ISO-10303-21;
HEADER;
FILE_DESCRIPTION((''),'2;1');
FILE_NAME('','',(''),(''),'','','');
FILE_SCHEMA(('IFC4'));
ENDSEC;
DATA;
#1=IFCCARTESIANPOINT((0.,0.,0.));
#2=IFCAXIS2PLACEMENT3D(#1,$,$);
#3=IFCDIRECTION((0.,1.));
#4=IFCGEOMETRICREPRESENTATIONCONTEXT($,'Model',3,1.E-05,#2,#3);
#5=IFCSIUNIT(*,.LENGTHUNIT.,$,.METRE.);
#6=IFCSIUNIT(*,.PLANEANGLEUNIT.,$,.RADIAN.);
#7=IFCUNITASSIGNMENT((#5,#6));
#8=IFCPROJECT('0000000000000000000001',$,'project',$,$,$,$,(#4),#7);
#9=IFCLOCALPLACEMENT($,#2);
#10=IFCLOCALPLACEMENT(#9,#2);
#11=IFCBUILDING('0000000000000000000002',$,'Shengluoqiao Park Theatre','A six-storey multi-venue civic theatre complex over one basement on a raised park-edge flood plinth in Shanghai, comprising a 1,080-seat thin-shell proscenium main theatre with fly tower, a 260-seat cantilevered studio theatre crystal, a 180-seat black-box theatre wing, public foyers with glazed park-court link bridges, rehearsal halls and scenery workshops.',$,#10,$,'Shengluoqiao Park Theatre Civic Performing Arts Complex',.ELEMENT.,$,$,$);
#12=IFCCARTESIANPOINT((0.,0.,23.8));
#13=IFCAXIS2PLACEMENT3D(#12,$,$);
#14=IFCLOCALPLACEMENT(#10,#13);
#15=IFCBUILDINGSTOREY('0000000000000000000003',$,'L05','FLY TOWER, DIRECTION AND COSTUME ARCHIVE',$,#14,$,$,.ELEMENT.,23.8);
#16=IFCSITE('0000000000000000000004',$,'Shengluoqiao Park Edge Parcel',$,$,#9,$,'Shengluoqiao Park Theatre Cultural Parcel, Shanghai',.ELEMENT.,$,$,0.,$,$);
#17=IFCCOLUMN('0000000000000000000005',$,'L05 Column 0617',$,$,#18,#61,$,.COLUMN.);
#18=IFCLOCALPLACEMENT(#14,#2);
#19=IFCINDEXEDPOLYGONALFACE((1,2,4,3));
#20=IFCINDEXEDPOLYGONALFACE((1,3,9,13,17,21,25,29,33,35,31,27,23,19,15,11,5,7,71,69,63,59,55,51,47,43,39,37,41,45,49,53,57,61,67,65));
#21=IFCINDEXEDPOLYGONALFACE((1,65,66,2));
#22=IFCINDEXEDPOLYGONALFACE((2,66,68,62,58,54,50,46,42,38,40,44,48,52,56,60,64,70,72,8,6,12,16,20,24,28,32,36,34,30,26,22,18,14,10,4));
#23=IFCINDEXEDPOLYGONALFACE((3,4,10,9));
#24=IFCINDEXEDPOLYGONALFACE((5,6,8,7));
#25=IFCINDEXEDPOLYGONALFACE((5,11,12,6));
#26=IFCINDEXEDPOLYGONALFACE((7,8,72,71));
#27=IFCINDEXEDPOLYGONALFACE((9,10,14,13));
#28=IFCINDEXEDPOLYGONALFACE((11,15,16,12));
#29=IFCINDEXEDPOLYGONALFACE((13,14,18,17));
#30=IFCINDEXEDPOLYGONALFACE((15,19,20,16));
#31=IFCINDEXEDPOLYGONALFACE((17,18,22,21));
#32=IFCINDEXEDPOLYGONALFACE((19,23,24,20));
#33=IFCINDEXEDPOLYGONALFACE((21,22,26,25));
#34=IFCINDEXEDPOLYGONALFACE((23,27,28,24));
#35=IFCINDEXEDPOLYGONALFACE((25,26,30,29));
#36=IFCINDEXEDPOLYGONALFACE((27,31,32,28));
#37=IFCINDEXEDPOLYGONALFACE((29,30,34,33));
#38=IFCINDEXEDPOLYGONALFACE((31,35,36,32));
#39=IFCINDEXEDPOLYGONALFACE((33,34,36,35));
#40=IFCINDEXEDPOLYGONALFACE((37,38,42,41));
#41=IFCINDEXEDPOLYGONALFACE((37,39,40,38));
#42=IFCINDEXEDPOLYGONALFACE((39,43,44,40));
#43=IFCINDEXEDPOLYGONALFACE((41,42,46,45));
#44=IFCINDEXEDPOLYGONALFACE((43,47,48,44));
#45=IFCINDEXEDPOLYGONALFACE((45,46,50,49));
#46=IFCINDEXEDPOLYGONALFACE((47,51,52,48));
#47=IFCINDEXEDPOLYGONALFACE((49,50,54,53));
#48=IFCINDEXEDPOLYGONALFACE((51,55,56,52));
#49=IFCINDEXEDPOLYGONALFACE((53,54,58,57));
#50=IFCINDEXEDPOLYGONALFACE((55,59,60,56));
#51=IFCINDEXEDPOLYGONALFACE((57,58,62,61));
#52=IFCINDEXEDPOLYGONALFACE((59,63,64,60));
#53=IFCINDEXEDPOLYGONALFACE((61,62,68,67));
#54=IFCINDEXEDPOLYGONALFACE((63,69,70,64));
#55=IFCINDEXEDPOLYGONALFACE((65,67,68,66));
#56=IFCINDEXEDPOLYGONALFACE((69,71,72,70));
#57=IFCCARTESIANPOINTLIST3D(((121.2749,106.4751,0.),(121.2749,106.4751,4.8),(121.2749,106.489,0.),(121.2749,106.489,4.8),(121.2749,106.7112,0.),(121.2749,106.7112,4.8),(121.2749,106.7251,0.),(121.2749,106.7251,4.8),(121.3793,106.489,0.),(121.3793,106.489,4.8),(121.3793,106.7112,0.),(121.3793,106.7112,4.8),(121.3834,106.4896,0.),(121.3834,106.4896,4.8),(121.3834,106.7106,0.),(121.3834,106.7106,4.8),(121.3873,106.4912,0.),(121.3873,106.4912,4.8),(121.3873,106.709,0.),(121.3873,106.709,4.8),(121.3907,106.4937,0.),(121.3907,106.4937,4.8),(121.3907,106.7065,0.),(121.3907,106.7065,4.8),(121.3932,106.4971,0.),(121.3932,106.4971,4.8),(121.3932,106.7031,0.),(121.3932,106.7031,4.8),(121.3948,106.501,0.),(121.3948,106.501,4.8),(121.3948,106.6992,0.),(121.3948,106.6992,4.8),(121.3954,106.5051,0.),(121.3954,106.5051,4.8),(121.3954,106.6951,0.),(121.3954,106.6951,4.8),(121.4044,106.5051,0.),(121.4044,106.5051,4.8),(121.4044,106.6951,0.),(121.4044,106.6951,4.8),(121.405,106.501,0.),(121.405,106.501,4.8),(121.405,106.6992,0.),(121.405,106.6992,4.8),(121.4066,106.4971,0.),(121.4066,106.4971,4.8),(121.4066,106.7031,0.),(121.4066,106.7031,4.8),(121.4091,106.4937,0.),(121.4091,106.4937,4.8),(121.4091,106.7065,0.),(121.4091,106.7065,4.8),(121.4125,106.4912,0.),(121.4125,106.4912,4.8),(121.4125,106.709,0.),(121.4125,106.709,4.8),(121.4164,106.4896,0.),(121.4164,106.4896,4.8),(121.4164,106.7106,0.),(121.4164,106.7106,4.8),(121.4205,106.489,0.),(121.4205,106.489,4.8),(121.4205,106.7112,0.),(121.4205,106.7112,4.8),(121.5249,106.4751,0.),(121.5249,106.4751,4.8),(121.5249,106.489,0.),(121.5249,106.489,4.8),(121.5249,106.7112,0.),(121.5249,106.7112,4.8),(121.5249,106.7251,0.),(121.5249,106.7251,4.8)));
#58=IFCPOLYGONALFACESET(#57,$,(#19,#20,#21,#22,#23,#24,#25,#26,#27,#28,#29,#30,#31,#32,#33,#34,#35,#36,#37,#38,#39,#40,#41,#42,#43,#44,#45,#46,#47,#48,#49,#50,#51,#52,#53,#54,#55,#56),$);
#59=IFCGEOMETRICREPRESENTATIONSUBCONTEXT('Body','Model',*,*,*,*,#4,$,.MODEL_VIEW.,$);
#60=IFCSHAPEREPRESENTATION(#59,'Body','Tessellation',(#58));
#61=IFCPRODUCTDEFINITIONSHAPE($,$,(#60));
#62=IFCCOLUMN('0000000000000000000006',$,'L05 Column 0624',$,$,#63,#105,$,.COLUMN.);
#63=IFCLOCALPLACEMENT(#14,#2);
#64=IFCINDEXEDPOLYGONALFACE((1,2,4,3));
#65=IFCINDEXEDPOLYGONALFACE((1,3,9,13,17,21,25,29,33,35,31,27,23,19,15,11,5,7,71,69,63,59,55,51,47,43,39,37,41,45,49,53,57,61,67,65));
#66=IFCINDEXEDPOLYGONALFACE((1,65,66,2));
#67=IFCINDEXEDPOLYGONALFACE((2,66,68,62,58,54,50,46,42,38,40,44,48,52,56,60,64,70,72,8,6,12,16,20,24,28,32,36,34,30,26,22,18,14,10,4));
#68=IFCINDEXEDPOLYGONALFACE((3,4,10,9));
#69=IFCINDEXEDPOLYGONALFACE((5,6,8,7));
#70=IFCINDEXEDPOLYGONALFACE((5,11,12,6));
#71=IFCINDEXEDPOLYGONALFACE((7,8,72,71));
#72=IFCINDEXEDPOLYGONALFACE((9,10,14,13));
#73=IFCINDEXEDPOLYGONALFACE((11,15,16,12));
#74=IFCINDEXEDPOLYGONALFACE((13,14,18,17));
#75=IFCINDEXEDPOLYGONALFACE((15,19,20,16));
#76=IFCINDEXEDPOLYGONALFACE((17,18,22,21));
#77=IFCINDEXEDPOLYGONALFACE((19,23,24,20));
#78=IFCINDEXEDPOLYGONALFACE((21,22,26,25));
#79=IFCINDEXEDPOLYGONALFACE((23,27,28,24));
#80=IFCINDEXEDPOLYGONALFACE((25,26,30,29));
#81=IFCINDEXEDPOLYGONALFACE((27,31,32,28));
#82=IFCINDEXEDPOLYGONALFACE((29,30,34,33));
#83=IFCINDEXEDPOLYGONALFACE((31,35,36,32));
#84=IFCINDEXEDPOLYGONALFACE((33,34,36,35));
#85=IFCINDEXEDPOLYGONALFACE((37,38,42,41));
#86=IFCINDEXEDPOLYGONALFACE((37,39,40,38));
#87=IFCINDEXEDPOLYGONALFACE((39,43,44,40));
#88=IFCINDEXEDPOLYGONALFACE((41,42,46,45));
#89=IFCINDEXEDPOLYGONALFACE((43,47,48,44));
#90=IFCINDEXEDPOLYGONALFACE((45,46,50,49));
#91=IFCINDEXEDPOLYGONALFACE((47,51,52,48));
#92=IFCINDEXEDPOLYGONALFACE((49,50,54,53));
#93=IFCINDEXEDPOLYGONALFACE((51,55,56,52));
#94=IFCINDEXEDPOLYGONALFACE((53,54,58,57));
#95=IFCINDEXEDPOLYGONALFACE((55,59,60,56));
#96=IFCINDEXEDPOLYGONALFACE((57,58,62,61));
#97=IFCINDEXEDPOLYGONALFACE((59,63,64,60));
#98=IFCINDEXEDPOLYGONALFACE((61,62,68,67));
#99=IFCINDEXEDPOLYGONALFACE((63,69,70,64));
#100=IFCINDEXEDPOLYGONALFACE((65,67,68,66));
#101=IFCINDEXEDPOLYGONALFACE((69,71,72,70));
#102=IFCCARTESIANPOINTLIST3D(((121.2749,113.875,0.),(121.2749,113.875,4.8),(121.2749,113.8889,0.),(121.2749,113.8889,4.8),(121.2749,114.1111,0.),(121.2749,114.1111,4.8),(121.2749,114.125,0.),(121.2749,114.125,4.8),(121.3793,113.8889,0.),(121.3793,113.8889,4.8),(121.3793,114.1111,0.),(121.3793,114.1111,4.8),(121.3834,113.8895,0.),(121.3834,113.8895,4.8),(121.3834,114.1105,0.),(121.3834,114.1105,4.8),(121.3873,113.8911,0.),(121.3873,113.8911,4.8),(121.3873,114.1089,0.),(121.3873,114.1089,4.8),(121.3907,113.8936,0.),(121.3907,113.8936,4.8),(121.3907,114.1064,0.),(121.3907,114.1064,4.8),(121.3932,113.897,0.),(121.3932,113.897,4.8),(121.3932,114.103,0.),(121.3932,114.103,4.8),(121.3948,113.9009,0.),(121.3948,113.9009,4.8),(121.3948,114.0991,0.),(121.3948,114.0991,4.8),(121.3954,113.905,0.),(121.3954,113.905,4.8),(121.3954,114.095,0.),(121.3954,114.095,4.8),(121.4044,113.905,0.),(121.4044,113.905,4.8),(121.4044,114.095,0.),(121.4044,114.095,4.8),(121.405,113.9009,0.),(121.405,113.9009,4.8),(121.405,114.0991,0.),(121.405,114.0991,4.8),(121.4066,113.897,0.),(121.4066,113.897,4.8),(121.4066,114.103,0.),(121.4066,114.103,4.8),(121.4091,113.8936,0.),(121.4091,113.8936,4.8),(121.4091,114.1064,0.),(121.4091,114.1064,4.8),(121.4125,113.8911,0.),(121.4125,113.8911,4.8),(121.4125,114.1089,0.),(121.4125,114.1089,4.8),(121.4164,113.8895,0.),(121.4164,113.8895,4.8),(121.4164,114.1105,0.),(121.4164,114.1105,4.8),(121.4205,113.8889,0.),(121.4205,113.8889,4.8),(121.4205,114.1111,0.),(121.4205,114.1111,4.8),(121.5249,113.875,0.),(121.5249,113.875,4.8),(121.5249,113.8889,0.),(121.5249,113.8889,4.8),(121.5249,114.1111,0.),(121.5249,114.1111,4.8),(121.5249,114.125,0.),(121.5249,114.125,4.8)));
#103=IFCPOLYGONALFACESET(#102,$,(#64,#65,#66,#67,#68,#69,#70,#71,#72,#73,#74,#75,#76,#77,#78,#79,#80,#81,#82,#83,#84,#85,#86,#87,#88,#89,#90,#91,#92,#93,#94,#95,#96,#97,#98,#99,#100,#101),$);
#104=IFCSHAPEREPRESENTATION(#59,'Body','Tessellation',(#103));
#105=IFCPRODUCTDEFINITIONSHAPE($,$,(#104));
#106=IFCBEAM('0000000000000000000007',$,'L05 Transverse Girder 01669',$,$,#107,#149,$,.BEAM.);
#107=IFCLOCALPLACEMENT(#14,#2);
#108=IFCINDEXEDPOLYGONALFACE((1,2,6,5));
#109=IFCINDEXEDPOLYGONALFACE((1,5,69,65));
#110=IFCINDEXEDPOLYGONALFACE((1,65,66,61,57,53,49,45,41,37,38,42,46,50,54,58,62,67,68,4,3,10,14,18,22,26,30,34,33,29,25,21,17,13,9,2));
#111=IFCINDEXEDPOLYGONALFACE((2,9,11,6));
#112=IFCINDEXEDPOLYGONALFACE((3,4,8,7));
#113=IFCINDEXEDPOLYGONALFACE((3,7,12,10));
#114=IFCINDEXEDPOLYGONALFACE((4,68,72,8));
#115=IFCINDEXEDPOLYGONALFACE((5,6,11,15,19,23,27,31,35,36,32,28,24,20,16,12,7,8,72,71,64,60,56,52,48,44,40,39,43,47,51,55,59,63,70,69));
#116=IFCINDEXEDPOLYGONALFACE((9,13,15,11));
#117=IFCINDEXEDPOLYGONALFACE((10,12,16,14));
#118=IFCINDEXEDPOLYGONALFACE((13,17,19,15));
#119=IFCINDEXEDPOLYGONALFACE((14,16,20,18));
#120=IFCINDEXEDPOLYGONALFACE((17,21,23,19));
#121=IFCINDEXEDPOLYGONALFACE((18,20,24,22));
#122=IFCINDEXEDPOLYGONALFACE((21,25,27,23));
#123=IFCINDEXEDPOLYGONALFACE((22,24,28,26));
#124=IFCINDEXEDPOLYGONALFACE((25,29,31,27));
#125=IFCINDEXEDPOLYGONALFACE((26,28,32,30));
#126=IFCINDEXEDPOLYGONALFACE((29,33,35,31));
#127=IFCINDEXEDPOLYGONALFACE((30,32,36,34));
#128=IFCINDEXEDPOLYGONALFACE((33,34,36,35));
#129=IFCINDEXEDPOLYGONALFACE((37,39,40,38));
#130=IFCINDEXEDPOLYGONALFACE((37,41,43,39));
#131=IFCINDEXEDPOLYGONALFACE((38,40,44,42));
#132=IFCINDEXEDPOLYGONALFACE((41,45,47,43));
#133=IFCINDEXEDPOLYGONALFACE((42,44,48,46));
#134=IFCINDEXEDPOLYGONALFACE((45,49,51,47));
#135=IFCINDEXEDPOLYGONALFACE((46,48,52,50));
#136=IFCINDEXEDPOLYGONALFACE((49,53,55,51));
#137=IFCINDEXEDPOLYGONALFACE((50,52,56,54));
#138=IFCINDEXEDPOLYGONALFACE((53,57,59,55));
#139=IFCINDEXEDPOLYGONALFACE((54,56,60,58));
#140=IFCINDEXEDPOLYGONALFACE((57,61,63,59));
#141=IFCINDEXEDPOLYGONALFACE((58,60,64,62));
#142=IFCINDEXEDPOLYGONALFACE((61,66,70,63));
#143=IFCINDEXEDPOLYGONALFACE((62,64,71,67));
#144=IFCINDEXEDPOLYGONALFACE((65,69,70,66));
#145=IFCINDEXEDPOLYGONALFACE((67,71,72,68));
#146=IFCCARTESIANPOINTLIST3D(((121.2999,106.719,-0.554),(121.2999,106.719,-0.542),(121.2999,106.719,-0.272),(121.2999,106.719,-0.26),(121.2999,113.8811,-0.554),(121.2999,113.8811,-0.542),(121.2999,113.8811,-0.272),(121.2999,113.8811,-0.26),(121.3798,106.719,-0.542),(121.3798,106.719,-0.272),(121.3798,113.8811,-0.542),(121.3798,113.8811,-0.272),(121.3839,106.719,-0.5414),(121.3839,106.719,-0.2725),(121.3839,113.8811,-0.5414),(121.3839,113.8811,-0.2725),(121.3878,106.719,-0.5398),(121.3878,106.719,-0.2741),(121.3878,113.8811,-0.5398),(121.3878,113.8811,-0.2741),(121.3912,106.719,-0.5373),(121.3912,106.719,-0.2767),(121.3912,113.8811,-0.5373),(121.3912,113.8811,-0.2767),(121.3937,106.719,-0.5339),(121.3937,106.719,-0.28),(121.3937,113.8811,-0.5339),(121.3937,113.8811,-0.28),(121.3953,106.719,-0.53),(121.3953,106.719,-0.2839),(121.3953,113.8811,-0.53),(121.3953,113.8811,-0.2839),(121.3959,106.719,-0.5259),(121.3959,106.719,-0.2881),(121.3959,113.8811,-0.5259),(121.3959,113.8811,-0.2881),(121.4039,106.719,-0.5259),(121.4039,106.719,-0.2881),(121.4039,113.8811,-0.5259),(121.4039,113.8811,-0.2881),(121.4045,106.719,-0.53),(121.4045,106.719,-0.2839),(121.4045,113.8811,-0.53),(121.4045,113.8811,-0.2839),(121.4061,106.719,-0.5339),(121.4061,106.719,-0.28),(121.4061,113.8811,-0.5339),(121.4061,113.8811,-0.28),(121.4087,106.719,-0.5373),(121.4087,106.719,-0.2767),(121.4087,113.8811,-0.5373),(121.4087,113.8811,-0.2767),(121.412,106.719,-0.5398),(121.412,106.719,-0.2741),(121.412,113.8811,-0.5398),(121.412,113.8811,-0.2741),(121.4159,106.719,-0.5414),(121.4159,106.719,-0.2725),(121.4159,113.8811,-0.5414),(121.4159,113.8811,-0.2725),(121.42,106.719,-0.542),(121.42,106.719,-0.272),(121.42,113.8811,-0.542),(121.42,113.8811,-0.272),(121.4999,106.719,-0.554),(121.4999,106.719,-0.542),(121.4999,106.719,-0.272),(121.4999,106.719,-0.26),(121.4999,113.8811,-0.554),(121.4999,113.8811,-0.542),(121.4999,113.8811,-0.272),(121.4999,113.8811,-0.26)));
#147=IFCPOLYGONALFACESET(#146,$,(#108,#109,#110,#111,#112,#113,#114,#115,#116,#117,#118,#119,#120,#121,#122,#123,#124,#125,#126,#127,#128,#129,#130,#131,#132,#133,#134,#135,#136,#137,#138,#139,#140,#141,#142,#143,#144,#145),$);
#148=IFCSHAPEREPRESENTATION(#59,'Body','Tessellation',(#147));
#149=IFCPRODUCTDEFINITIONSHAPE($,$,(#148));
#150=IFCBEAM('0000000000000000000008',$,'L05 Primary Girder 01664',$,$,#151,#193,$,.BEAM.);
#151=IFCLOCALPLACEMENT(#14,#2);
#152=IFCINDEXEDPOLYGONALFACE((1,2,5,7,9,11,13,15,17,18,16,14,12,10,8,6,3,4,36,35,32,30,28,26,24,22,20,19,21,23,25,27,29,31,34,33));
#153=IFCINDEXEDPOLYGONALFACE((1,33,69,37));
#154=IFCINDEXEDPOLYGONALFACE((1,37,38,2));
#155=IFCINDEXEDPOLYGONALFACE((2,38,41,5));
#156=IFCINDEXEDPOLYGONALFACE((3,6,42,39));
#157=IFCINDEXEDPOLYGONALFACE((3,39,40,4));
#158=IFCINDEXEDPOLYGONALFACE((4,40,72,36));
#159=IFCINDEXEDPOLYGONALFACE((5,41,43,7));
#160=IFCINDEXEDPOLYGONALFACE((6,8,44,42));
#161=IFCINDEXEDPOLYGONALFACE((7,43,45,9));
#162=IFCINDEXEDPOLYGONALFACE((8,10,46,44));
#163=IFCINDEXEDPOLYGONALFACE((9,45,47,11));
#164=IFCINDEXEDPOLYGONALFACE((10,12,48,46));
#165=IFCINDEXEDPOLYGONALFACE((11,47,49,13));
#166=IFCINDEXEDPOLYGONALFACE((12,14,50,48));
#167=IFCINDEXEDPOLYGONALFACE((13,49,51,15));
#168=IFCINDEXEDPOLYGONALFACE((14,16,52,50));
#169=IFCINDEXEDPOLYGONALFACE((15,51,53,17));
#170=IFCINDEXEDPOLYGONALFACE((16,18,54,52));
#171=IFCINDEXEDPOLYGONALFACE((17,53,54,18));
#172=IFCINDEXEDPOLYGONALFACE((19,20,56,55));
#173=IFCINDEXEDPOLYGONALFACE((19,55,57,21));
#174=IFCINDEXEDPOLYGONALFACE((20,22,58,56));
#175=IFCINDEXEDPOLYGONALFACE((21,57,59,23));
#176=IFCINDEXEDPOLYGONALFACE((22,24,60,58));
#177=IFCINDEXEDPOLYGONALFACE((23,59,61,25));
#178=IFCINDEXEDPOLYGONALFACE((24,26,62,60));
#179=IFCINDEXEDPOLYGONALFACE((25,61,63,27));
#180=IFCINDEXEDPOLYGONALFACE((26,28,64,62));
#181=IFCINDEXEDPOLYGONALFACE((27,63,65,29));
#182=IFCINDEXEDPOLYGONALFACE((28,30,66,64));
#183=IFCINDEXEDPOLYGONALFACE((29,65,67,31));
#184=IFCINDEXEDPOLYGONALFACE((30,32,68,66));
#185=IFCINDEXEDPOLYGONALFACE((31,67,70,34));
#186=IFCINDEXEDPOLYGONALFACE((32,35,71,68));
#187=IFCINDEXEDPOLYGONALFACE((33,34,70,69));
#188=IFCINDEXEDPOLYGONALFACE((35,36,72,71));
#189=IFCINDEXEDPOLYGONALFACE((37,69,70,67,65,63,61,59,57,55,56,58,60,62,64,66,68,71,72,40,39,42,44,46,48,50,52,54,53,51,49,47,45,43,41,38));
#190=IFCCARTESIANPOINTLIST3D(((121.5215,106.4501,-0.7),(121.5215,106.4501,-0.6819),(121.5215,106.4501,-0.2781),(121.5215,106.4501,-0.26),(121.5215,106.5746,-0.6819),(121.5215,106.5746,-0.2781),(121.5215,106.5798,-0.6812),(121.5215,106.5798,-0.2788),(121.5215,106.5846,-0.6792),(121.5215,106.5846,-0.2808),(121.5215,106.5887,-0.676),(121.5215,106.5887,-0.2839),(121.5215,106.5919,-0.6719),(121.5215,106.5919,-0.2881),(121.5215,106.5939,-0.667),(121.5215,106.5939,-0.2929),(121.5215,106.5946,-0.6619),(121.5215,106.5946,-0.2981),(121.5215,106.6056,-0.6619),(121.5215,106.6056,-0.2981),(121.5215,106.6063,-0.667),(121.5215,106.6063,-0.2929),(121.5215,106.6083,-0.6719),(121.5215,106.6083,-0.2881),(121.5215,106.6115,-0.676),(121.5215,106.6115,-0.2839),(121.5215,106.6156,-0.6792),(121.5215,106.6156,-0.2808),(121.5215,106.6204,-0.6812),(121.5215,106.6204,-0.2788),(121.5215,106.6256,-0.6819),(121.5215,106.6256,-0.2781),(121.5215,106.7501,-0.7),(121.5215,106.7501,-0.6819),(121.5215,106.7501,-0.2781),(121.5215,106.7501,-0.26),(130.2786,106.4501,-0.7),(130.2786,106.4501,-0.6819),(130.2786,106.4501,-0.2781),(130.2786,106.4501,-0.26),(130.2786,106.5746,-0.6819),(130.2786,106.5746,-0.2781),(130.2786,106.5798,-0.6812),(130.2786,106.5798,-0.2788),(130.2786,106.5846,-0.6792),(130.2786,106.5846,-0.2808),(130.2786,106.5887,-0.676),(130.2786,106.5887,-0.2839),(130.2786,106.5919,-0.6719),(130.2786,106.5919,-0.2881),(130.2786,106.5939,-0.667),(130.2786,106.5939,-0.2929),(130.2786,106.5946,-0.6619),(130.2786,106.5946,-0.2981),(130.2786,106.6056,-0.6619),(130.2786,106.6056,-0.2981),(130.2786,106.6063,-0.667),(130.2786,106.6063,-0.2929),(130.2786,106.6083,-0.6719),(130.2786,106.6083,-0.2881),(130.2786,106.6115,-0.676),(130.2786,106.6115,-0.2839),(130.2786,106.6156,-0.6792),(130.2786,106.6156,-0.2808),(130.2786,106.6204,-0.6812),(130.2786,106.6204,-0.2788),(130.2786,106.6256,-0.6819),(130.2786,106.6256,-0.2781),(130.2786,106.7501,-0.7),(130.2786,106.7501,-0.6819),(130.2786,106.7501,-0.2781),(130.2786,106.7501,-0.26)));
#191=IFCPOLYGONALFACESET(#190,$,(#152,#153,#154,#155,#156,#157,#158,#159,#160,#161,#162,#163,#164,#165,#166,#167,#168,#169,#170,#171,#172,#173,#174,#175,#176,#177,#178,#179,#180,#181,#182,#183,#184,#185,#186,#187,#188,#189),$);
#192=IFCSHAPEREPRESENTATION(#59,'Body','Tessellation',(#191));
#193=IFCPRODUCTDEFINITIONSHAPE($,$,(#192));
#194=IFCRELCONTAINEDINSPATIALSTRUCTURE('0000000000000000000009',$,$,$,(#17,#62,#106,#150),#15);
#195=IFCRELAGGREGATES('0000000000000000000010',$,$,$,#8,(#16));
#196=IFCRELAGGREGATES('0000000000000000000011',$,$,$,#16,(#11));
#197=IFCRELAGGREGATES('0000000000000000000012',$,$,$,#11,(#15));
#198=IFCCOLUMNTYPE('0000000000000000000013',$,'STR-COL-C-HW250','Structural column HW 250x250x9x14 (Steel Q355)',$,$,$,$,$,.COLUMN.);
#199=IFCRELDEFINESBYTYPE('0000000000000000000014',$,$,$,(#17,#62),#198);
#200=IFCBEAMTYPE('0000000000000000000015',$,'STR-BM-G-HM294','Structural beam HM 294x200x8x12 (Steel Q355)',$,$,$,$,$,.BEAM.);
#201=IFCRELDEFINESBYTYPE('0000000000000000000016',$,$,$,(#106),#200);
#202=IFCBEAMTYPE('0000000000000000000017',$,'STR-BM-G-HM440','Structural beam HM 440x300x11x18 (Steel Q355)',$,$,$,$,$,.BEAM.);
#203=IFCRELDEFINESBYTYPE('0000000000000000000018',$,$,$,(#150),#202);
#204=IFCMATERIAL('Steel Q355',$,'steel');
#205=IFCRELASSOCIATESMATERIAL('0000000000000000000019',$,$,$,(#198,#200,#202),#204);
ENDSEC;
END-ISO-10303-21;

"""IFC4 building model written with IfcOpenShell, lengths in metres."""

from ifc_helpers import new_model, si_unit, direction, frame, origin, origin_2d, place, context, subcontext, project, spatial, i_section, extrude, material, material_profile, profile_set, type_object, element, save


model = new_model("IFC4")

# Units and contexts
model_context = context("Model", 3, precision=1e-05, world=origin(), true_north=direction((0.0, 1.0)))
body_context = subcontext(model_context, "Body", "Model", "MODEL_VIEW")
ifc_project = project(units=[si_unit("LENGTHUNIT", "METRE"), si_unit("PLANEANGLEUNIT", "RADIAN")], contexts=[model_context])

# Site, building, storey
site_placement = place(None, origin())
site = spatial("IfcSite", under=ifc_project, at=site_placement, Name="Shengluoqiao Park Edge Parcel", LongName="Shengluoqiao Park Theatre Cultural Parcel, Shanghai", CompositionType="ELEMENT", RefElevation=0.0)
building_placement = place(site_placement, origin())
building = spatial("IfcBuilding", under=site, at=building_placement, Name="Shengluoqiao Park Theatre", Description="A six-storey multi-venue civic theatre complex over one basement on a raised park-edge flood plinth in Shanghai, comprising a 1,080-seat thin-shell proscenium main theatre with fly tower, a 260-seat cantilevered studio theatre crystal, a 180-seat black-box theatre wing, public foyers with glazed park-court link bridges, rehearsal halls and scenery workshops.", LongName="Shengluoqiao Park Theatre Civic Performing Arts Complex", CompositionType="ELEMENT")
storey_placement = place(building_placement, frame((0.0, 0.0, 23.8)))
storey = spatial("IfcBuildingStorey", under=building, at=storey_placement, Name="L05", Description="FLY TOWER, DIRECTION AND COSTUME ARCHIVE", CompositionType="ELEMENT", Elevation=23.8)

# Columns
ifc_material_1 = material(Name="Steel Q355", Category="steel")
ifc_material_profile_1 = material_profile(ifc_material_1, i_section(OverallWidth=0.25, OverallDepth=0.25, WebThickness=0.009, FlangeThickness=0.0139, FilletRadius=0.0161, at=origin_2d()), Name="HW 250x250x9x14")
ifc_profile_set_1 = profile_set([ifc_material_profile_1], Name="Steel Q355")
column_type = type_object("IfcColumnType", Name="STR-COL-C-HW250", Description="Structural column HW 250x250x9x14 (Steel Q355)", PredefinedType="COLUMN", material=ifc_profile_set_1)
for number, where, z_axis, x_axis, name in (
    (1, (121.3999, 106.6001, 0.0), (0.0, 0.0, 1.0), (1.0, 0.0, 0.0), "L05 Column 0617"),
    (2, (121.3999, 114.0, 0.0), (0.0, 0.0, 1.0), (1.0, 0.0, 0.0), "L05 Column 0624"),
):
    element("IfcColumn", number, at=place(storey_placement, frame(where, z_axis=z_axis, x_axis=x_axis)), inside=storey, type_object=column_type, Name=name, PredefinedType="COLUMN", context=body_context, shape_type="SweptSolid", body=[
        extrude(i_section(OverallWidth=0.25, OverallDepth=0.25, WebThickness=0.009, FlangeThickness=0.0139, FilletRadius=0.0161, at=origin_2d()), origin(), (0.0, 0.0, 1.0), 4.8),
    ])

# Beams
ifc_material_profile_2 = material_profile(ifc_material_1, i_section(OverallWidth=0.2, OverallDepth=0.2939, WebThickness=0.0081, FlangeThickness=0.012, FilletRadius=0.0161, at=origin_2d()), Name="HM 294x200x8x12")
ifc_profile_set_2 = profile_set([ifc_material_profile_2], Name="Steel Q355")
beam_type_1 = type_object("IfcBeamType", Name="STR-BM-G-HM294", Description="Structural beam HM 294x200x8x12 (Steel Q355)", PredefinedType="BEAM", material=ifc_profile_set_2)
beam_placement = place(storey_placement, frame((121.3999, 106.719, -0.407), z_axis=(0.0, 1.0, 0.0), x_axis=(-1.0, 0.0, 0.0)))
element("IfcBeam", 3, at=beam_placement, inside=storey, type_object=beam_type_1, Name="L05 Transverse Girder 01669", PredefinedType="BEAM", context=body_context, shape_type="SweptSolid", body=[
    extrude(i_section(OverallWidth=0.2, OverallDepth=0.2939, WebThickness=0.0081, FlangeThickness=0.012, FilletRadius=0.0161, at=origin_2d()), origin(), (0.0, 0.0, 1.0), 7.1621),
])
ifc_material_profile_3 = material_profile(ifc_material_1, i_section(OverallWidth=0.3, OverallDepth=0.4399, WebThickness=0.011, FlangeThickness=0.0181, FilletRadius=0.02, at=origin_2d()), Name="HM 440x300x11x18")
ifc_profile_set_3 = profile_set([ifc_material_profile_3], Name="Steel Q355")
beam_type_2 = type_object("IfcBeamType", Name="STR-BM-G-HM440", Description="Structural beam HM 440x300x11x18 (Steel Q355)", PredefinedType="BEAM", material=ifc_profile_set_3)
for number, where, z_axis, x_axis, name in (
    (4, (121.5215, 106.6001, -0.48), (1.0, 0.0, 0.0), (0.0, 1.0, 0.0), "L05 Primary Girder 01664"),
):
    element("IfcBeam", number, at=place(storey_placement, frame(where, z_axis=z_axis, x_axis=x_axis)), inside=storey, type_object=beam_type_2, Name=name, PredefinedType="BEAM", context=body_context, shape_type="SweptSolid", body=[
        extrude(i_section(OverallWidth=0.3, OverallDepth=0.4399, WebThickness=0.011, FlangeThickness=0.0181, FilletRadius=0.02, at=origin_2d()), origin(), (0.0, 0.0, 1.0), 8.7571),
    ])

save(model, "model.ifc")
